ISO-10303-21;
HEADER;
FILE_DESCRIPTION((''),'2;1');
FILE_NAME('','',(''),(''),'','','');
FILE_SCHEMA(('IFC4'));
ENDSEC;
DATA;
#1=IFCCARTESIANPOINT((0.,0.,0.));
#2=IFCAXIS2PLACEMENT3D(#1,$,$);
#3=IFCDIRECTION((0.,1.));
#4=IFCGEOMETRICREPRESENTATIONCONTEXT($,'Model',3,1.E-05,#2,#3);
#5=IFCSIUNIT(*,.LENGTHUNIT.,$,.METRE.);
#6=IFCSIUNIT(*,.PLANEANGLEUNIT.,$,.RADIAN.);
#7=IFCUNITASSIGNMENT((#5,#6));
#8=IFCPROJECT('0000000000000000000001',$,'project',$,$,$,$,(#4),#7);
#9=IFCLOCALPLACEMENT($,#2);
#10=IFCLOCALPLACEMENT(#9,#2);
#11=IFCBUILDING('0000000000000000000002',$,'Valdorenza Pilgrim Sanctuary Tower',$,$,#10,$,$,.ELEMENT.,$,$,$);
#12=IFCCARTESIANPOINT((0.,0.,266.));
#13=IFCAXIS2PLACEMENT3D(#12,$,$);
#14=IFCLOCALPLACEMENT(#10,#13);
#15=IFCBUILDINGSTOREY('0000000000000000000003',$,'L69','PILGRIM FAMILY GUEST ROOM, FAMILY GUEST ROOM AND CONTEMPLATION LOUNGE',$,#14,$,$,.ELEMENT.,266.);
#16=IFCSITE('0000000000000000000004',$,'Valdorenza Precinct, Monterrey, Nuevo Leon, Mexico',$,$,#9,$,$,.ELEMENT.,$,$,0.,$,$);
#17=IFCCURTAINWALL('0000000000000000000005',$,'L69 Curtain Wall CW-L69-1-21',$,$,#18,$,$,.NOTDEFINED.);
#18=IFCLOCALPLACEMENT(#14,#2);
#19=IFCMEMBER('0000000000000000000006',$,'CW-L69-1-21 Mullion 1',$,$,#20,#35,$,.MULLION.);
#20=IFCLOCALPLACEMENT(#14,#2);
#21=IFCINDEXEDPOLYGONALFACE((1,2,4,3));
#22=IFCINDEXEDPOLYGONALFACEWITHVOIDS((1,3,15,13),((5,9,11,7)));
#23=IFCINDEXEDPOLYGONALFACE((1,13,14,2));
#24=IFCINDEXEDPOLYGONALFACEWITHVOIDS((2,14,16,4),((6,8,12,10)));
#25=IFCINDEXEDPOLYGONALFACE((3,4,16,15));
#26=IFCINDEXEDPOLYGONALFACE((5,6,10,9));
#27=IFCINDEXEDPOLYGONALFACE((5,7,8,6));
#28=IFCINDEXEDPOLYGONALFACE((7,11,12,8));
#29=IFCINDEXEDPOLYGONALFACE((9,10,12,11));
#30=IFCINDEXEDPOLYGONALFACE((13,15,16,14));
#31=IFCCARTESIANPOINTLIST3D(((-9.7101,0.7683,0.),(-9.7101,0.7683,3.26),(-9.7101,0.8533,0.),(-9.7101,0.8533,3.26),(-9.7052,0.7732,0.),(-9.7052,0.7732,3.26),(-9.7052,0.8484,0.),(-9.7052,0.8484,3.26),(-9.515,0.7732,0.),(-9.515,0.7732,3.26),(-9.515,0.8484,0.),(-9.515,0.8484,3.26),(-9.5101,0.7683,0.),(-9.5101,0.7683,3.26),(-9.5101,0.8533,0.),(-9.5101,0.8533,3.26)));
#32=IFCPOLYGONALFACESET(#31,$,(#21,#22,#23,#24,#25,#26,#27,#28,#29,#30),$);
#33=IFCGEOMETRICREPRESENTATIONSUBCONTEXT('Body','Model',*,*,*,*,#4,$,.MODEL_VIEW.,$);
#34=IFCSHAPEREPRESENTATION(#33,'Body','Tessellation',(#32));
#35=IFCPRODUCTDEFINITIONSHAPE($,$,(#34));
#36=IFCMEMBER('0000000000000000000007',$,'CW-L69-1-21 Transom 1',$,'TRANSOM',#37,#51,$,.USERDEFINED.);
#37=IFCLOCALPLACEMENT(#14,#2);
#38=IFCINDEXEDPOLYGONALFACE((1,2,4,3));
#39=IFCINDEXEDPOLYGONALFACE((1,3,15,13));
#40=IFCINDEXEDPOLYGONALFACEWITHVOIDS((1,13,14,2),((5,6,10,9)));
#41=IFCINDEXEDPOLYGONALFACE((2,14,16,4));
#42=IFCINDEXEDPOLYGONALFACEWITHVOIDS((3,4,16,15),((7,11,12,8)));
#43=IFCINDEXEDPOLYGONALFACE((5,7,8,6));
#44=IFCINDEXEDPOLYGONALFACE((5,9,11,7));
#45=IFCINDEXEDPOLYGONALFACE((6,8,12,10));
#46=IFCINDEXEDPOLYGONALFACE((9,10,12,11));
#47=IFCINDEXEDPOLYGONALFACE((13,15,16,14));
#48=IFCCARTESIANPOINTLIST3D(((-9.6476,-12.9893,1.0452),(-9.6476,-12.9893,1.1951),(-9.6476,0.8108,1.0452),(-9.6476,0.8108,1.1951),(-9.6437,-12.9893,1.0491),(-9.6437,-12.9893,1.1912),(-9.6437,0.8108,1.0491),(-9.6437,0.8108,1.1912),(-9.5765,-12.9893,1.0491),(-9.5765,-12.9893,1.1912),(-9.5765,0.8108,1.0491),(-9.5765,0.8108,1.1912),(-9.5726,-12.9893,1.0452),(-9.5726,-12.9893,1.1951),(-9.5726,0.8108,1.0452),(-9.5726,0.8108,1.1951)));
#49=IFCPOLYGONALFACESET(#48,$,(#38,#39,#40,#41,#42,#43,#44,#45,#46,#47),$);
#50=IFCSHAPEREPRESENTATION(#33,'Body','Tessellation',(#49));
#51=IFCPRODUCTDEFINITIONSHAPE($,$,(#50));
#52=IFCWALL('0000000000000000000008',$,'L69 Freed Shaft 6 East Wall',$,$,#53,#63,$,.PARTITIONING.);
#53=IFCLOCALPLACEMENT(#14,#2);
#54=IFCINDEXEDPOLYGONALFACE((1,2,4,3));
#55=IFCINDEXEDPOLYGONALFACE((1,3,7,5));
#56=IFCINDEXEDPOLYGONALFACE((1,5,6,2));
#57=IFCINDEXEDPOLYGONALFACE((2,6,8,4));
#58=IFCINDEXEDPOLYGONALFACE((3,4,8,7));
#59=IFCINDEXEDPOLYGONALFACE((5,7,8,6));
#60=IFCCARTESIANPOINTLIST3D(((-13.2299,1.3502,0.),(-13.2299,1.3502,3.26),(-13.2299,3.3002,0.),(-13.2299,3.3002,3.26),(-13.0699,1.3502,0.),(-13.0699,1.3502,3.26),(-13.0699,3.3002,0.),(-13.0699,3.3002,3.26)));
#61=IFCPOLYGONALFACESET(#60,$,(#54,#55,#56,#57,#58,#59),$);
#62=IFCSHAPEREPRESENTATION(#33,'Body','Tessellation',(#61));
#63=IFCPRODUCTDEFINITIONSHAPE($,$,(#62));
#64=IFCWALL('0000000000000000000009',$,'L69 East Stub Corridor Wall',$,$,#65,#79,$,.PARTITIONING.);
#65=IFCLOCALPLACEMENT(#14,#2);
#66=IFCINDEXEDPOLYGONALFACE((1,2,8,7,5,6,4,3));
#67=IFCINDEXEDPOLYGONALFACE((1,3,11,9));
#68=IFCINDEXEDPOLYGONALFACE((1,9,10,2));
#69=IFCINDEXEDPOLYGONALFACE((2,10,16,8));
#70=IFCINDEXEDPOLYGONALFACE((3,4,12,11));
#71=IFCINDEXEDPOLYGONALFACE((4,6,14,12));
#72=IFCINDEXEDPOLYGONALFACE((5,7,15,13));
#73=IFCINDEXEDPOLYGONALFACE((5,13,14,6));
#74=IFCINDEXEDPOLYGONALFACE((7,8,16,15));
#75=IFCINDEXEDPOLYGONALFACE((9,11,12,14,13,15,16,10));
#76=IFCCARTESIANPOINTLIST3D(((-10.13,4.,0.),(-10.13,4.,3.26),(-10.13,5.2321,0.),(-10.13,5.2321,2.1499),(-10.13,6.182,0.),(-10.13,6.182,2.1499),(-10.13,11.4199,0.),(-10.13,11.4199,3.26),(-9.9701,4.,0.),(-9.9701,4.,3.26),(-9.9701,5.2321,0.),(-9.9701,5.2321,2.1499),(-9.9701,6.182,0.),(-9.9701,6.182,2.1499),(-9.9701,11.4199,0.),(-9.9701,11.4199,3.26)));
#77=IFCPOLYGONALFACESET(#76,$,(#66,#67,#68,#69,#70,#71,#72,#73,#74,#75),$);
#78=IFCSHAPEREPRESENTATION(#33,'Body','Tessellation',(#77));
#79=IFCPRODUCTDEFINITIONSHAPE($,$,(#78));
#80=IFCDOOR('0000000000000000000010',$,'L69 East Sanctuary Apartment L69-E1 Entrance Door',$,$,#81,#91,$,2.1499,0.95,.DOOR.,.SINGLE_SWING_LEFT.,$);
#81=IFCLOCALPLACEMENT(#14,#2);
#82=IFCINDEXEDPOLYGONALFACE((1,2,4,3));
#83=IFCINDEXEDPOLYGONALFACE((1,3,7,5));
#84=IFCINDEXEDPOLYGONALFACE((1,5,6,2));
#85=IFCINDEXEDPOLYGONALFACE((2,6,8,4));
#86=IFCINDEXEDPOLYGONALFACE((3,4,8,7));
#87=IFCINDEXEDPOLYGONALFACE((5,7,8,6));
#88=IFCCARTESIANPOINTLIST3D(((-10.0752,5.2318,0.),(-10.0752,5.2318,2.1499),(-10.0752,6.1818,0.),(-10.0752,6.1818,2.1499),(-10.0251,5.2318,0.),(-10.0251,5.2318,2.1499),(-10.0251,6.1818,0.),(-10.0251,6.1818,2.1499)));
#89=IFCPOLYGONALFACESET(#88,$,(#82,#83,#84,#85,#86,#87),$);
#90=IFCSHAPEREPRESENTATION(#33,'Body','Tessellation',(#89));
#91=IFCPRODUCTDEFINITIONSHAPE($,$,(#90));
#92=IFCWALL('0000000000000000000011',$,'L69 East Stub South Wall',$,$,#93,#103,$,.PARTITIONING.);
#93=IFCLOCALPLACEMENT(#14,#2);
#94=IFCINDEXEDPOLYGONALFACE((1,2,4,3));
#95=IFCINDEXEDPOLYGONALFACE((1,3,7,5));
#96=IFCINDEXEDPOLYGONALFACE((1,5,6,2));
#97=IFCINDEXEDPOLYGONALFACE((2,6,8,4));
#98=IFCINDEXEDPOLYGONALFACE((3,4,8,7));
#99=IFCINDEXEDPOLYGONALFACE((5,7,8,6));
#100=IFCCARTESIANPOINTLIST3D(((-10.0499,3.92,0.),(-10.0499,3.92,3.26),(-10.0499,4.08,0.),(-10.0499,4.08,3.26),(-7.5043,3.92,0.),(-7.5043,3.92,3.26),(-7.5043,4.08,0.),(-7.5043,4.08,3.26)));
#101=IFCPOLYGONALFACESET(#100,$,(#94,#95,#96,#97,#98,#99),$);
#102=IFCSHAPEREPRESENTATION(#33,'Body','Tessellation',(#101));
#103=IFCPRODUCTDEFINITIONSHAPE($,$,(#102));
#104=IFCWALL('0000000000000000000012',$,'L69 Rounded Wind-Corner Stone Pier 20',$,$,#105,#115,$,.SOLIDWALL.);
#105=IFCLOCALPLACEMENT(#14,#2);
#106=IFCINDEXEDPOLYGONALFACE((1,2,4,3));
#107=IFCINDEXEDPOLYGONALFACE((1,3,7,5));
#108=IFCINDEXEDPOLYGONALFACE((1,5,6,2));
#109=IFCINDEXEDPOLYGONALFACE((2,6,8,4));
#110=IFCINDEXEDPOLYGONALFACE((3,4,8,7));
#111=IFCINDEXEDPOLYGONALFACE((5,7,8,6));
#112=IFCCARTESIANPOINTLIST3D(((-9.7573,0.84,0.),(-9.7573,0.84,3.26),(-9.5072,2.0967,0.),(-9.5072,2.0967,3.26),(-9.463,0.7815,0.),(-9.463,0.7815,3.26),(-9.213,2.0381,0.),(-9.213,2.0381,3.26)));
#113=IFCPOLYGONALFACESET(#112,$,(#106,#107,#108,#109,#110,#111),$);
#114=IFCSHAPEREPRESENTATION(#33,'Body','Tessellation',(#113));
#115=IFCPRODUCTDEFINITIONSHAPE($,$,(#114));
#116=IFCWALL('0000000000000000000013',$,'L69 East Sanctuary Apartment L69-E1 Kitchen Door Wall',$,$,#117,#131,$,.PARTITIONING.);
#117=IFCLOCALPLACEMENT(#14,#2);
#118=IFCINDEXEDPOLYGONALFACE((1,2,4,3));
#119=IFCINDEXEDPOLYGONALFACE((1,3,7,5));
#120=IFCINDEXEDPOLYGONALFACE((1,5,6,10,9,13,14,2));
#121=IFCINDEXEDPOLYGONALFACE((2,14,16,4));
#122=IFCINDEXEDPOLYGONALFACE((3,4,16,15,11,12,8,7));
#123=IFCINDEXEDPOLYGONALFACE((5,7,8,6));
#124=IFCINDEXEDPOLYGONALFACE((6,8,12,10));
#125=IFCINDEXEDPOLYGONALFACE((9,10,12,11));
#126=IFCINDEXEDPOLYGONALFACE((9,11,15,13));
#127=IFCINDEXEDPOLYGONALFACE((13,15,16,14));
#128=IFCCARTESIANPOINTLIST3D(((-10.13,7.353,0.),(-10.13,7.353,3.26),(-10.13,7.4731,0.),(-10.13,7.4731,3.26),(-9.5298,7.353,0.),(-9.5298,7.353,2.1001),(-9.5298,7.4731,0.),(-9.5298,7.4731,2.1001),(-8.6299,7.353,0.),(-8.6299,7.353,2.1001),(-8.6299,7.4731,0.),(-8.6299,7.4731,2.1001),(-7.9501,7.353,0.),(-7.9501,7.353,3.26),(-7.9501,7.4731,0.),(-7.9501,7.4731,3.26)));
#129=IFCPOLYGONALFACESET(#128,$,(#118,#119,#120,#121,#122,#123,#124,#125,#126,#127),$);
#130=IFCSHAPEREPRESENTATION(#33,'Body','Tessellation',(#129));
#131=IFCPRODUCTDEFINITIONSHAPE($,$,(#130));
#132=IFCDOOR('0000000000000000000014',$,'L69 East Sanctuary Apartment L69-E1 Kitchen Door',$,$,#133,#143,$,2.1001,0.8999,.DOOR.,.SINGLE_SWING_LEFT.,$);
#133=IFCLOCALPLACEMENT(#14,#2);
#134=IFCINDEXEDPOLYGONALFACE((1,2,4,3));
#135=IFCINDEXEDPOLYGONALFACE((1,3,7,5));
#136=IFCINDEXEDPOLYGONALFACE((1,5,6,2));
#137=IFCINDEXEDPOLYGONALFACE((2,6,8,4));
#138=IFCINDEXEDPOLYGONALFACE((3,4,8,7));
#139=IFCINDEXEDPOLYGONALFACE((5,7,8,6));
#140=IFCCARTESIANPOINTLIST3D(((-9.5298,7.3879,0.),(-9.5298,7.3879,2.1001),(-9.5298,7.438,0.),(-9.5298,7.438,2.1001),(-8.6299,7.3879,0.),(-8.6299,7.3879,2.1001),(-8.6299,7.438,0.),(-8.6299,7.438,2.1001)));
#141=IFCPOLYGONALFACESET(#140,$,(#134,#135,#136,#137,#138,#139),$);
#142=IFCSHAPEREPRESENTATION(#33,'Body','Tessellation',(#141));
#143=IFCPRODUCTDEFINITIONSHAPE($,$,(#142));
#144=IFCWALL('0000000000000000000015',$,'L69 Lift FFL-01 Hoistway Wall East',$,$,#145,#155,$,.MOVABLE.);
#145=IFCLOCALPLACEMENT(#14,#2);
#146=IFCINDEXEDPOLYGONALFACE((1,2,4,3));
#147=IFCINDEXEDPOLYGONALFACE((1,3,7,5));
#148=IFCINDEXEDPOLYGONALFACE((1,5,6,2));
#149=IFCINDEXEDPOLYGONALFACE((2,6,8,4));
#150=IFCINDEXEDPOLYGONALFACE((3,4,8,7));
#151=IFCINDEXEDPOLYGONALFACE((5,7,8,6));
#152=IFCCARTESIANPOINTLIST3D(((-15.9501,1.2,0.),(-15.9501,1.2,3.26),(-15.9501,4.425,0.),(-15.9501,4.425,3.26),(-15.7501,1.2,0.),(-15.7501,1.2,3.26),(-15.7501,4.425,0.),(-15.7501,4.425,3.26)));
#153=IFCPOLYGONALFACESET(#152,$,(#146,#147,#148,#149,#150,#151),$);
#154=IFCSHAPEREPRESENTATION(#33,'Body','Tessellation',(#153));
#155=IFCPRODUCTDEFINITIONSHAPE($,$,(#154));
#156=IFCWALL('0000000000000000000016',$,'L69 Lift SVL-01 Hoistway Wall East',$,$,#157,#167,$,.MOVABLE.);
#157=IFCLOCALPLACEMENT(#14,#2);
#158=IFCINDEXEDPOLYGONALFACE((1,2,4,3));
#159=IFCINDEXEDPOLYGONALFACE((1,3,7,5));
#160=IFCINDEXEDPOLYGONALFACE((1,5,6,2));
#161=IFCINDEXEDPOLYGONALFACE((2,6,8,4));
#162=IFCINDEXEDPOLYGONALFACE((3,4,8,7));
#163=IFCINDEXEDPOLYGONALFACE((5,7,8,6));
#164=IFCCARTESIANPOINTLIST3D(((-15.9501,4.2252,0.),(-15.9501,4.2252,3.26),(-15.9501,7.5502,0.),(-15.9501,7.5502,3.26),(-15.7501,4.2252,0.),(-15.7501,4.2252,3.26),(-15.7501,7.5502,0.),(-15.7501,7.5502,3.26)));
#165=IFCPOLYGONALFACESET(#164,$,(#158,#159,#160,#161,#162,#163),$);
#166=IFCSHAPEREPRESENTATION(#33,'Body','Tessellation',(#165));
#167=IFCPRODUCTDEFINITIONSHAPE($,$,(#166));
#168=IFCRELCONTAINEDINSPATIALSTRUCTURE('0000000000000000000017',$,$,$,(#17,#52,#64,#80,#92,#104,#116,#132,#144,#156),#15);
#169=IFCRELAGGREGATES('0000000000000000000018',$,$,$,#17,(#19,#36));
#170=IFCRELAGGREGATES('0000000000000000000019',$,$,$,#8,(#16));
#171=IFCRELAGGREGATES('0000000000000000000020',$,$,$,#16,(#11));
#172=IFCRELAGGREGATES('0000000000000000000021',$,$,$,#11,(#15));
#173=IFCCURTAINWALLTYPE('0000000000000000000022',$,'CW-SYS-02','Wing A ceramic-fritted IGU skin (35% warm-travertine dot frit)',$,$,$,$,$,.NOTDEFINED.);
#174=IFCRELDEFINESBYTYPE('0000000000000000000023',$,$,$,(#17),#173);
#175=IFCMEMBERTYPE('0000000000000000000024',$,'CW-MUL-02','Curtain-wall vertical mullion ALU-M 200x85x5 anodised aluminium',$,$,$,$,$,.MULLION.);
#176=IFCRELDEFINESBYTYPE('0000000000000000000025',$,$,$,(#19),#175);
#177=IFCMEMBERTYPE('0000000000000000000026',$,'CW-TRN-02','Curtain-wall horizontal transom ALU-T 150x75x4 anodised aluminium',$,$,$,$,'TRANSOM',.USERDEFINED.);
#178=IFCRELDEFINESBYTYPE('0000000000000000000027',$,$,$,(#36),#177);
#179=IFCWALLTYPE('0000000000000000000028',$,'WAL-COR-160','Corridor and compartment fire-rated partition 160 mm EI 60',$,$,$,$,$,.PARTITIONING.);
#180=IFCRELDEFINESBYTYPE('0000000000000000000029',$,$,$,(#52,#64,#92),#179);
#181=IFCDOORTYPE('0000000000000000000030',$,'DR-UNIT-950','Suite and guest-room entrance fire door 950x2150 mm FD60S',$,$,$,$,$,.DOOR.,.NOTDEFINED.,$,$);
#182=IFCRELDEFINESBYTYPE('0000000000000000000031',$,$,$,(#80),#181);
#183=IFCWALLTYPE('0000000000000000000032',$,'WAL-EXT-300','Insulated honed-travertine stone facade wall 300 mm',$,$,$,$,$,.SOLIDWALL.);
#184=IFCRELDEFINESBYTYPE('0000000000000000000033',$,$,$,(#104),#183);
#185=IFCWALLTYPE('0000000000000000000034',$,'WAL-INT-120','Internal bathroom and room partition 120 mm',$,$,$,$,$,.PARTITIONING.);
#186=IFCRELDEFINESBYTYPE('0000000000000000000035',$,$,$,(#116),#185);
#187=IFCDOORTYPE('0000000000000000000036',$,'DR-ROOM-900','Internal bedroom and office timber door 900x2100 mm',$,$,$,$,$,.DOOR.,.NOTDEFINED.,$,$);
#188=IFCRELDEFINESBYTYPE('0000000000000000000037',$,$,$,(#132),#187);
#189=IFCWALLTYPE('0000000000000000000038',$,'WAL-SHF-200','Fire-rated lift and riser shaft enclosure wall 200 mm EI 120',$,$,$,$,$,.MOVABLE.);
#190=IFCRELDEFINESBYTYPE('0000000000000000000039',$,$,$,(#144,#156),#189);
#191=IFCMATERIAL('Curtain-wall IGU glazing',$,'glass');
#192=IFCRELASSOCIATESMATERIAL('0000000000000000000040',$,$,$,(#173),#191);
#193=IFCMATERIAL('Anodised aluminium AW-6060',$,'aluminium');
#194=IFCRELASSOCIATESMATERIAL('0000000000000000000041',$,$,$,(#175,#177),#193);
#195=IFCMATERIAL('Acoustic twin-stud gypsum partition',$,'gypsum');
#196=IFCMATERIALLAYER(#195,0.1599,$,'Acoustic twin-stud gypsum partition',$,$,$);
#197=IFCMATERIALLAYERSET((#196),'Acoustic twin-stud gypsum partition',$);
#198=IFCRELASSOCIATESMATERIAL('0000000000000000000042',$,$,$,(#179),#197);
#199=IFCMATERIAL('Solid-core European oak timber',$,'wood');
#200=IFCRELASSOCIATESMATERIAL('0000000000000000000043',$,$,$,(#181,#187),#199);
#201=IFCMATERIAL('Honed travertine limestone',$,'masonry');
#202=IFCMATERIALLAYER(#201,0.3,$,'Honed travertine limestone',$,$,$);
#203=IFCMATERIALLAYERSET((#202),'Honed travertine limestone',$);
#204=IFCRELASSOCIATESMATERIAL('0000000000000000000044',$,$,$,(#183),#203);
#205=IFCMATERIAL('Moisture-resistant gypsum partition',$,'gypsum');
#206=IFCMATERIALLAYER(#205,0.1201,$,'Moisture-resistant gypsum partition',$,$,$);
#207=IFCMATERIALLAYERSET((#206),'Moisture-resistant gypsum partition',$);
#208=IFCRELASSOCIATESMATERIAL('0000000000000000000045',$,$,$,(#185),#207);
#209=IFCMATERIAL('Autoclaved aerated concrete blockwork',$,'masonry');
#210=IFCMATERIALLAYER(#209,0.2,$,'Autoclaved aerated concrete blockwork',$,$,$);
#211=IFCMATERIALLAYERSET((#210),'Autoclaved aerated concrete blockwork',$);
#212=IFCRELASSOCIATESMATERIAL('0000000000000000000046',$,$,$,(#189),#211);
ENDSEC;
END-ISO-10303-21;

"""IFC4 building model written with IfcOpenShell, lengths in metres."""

from ifc_helpers import new_model, si_unit, direction, frame, frame_2d, origin, origin_2d, place, context, subcontext, project, spatial, rectangle, hollow_rectangle, extrude, source, transform, mapped, material, layer, layer_set, material_profile, profile_set, type_object, element, fill, aggregate, save


model = new_model("IFC4")

# Units and contexts
model_context = context("Model", 3, precision=1e-05, world=origin(), true_north=direction((0.0, 1.0)))
body_context = subcontext(model_context, "Body", "Model", "MODEL_VIEW")
ifc_project = project(units=[si_unit("LENGTHUNIT", "METRE"), si_unit("PLANEANGLEUNIT", "RADIAN")], contexts=[model_context])

# Site, building, storey
site_placement = place(None, origin())
site = spatial("IfcSite", under=ifc_project, at=site_placement, Name="Valdorenza Precinct, Monterrey, Nuevo Leon, Mexico", CompositionType="ELEMENT", RefElevation=0.0)
building_placement = place(site_placement, origin())
building = spatial("IfcBuilding", under=site, at=building_placement, Name="Valdorenza Pilgrim Sanctuary Tower", CompositionType="ELEMENT")
storey_placement = place(building_placement, frame((0.0, 0.0, 266.0)))
storey = spatial("IfcBuildingStorey", under=building, at=storey_placement, Name="L69", Description="PILGRIM FAMILY GUEST ROOM, FAMILY GUEST ROOM AND CONTEMPLATION LOUNGE", CompositionType="ELEMENT", Elevation=266.0)

# Curtain wall, members
ifc_material_1 = material(Name="Curtain-wall IGU glazing", Category="glass")
curtain_wall_type = type_object("IfcCurtainWallType", Name="CW-SYS-02", Description="Wing A ceramic-fritted IGU skin (35% warm-travertine dot frit)", PredefinedType="NOTDEFINED", material=ifc_material_1)
curtain_wall_placement = place(storey_placement, origin())
curtain_wall = element("IfcCurtainWall", 1, at=curtain_wall_placement, inside=storey, type_object=curtain_wall_type, Name="L69 Curtain Wall CW-L69-1-21", PredefinedType="NOTDEFINED")
ifc_material_2 = material(Name="Anodised aluminium AW-6060", Category="aluminium")
ifc_material_profile_1 = material_profile(ifc_material_2, hollow_rectangle(XDim=0.085, YDim=0.2, WallThickness=0.0049, at=origin_2d()), Name="ALU-M 200x85x5")
ifc_profile_set_1 = profile_set([ifc_material_profile_1], Name="Anodised aluminium AW-6060")
member_type_1 = type_object("IfcMemberType", Name="CW-MUL-02", Description="Curtain-wall vertical mullion ALU-M 200x85x5 anodised aluminium", PredefinedType="MULLION", material=ifc_profile_set_1)
shared_shape_1 = source(origin(), body_context, "Body", "SweptSolid", [
    extrude(hollow_rectangle(XDim=0.085, YDim=0.2, WallThickness=0.0049, at=origin_2d()), origin(), (0.0, 0.0, 1.0), 3.26),
])
member_1_placement = place(storey_placement, frame((-9.6101, 0.8108, 0.0), z_axis=(0.0, 0.0, 1.0), x_axis=(0.0, -1.0, 0.0)))
member_1 = element("IfcMember", 2, at=member_1_placement, type_object=member_type_1, Name="CW-L69-1-21 Mullion 1", PredefinedType="MULLION", context=body_context, shape_type="MappedRepresentation", body=[
    mapped(shared_shape_1, transform((0.0, 0.0, 0.0), x_axis=(1.0, 0.0, 0.0), y_axis=(0.0, 1.0, 0.0), z_axis=(0.0, 0.0, 1.0), scale=1.0)),
])
ifc_material_profile_2 = material_profile(ifc_material_2, hollow_rectangle(XDim=0.075, YDim=0.1499, WallThickness=0.0039, at=origin_2d()), Name="ALU-T 150x75x4")
ifc_profile_set_2 = profile_set([ifc_material_profile_2], Name="Anodised aluminium AW-6060")
member_type_2 = type_object("IfcMemberType", Name="CW-TRN-02", Description="Curtain-wall horizontal transom ALU-T 150x75x4 anodised aluminium", ElementType="TRANSOM", PredefinedType="USERDEFINED", material=ifc_profile_set_2)
shared_shape_2 = source(origin(), body_context, "Body", "SweptSolid", [
    extrude(hollow_rectangle(XDim=0.075, YDim=0.1499, WallThickness=0.0039, at=origin_2d()), origin(), (0.0, 0.0, 1.0), 13.8),
])
member_2_placement = place(storey_placement, frame((-9.6101, 0.8108, 1.1201), z_axis=(0.0, -1.0, 0.0), x_axis=(1.0, 0.0, 0.0)))
member_2 = element("IfcMember", 3, at=member_2_placement, type_object=member_type_2, Name="CW-L69-1-21 Transom 1", ObjectType="TRANSOM", PredefinedType="USERDEFINED", context=body_context, shape_type="MappedRepresentation", body=[
    mapped(shared_shape_2, transform((0.0, 0.0, 0.0), x_axis=(1.0, 0.0, 0.0), y_axis=(0.0, 1.0, 0.0), z_axis=(0.0, 0.0, 1.0), scale=1.0)),
])
aggregate(curtain_wall, [member_1, member_2])

# Wall
ifc_material_3 = material(Name="Acoustic twin-stud gypsum partition", Category="gypsum")
ifc_layer_1 = layer(ifc_material_3, 0.1599, Name="Acoustic twin-stud gypsum partition")
ifc_layer_set_1 = layer_set([ifc_layer_1], Name="Acoustic twin-stud gypsum partition")
wall_type_1 = type_object("IfcWallType", Name="WAL-COR-160", Description="Corridor and compartment fire-rated partition 160 mm EI 60", PredefinedType="PARTITIONING", material=ifc_layer_set_1)
wall_1_placement = place(storey_placement, frame((-13.1499, 1.3501, 0.0), z_axis=(0.0, 0.0, 1.0), x_axis=(0.0, 1.0, 0.0)))
element("IfcWall", 4, at=wall_1_placement, inside=storey, type_object=wall_type_1, Name="L69 Freed Shaft 6 East Wall", PredefinedType="PARTITIONING", context=body_context, shape_type="SweptSolid", body=[
    extrude(rectangle(XDim=1.95, YDim=0.1599, at=frame_2d((0.9751, 0.0))), origin(), (0.0, 0.0, 1.0), 3.26),
])

# Wall, opening, door
wall_2_placement = place(storey_placement, frame((-10.05, 4.0, 0.0), z_axis=(0.0, 0.0, 1.0), x_axis=(0.0, 1.0, 0.0)))
wall_2 = element("IfcWall", 5, at=wall_2_placement, inside=storey, type_object=wall_type_1, Name="L69 East Stub Corridor Wall", PredefinedType="PARTITIONING", context=body_context, shape_type="SweptSolid", body=[
    extrude(rectangle(XDim=7.4199, YDim=0.1599, at=frame_2d((3.71, 0.0))), origin(), (0.0, 0.0, 1.0), 3.26),
])
opening_1_placement = place(wall_2_placement, frame((1.2319, 0.0, 0.0)))
opening_1 = element("IfcOpeningElement", 6, at=opening_1_placement, cuts=wall_2, PredefinedType="OPENING", context=body_context, shape_type="SweptSolid", body=[
    extrude(rectangle(XDim=0.95, YDim=2.1499, at=frame_2d((0.4751, 1.075))), frame((0.0, 0.0947, 0.0), z_axis=(0.0, -1.0, 0.0), x_axis=(1.0, 0.0, 0.0)), (0.0, 0.0, 1.0), 0.1897),
])
ifc_material_4 = material(Name="Solid-core European oak timber", Category="wood")
door_type_1 = type_object("IfcDoorType", Name="DR-UNIT-950", Description="Suite and guest-room entrance fire door 950x2150 mm FD60S", OperationType="NOTDEFINED", PredefinedType="DOOR", material=ifc_material_4)
door_1_placement = place(opening_1_placement, frame((0.95, 0.0, 0.0), z_axis=(0.0, 0.0, 1.0), x_axis=(-1.0, 0.0, 0.0)))
door_1 = element("IfcDoor", 7, at=door_1_placement, inside=storey, type_object=door_type_1, Name="L69 East Sanctuary Apartment L69-E1 Entrance Door", OperationType="SINGLE_SWING_LEFT", OverallHeight=2.1499, OverallWidth=0.95, PredefinedType="DOOR", context=body_context, shape_type="SweptSolid", body=[
    extrude(rectangle(XDim=0.95, YDim=2.1499, at=frame_2d((0.4751, 1.075))), frame((0.0, 0.0249, 0.0), z_axis=(0.0, -1.0, 0.0), x_axis=(1.0, 0.0, 0.0)), (0.0, 0.0, 1.0), 0.05),
])
fill(opening_1, door_1)

# Walls
wall_3_placement = place(storey_placement, frame((-10.05, 4.0, 0.0), z_axis=(0.0, 0.0, 1.0), x_axis=(1.0, 0.0, 0.0)))
element("IfcWall", 8, at=wall_3_placement, inside=storey, type_object=wall_type_1, Name="L69 East Stub South Wall", PredefinedType="PARTITIONING", context=body_context, shape_type="SweptSolid", body=[
    extrude(rectangle(XDim=2.5457, YDim=0.1599, at=frame_2d((1.2729, 0.0))), origin(), (0.0, 0.0, 1.0), 3.26),
])
ifc_material_5 = material(Name="Honed travertine limestone", Category="masonry")
ifc_layer_2 = layer(ifc_material_5, 0.3, Name="Honed travertine limestone")
ifc_layer_set_2 = layer_set([ifc_layer_2], Name="Honed travertine limestone")
wall_type_2 = type_object("IfcWallType", Name="WAL-EXT-300", Description="Insulated honed-travertine stone facade wall 300 mm", PredefinedType="SOLIDWALL", material=ifc_layer_set_2)
wall_4_placement = place(storey_placement, frame((-9.3601, 2.0674, 0.0), z_axis=(0.0, 0.0, 1.0), x_axis=(-0.195127, -0.980778, 0.0)))
element("IfcWall", 9, at=wall_4_placement, inside=storey, type_object=wall_type_2, Name="L69 Rounded Wind-Corner Stone Pier 20", PredefinedType="SOLIDWALL", context=body_context, shape_type="SweptSolid", body=[
    extrude(rectangle(XDim=1.2812, YDim=0.3, at=frame_2d((0.6406, 0.0))), origin(), (0.0, 0.0, 1.0), 3.26),
])

# Wall, opening, door
ifc_material_6 = material(Name="Moisture-resistant gypsum partition", Category="gypsum")
ifc_layer_3 = layer(ifc_material_6, 0.1201, Name="Moisture-resistant gypsum partition")
ifc_layer_set_3 = layer_set([ifc_layer_3], Name="Moisture-resistant gypsum partition")
wall_type_3 = type_object("IfcWallType", Name="WAL-INT-120", Description="Internal bathroom and room partition 120 mm", PredefinedType="PARTITIONING", material=ifc_layer_set_3)
wall_5_placement = place(storey_placement, frame((-10.1299, 7.4131, 0.0), z_axis=(0.0, 0.0, 1.0), x_axis=(1.0, 0.0, 0.0)))
wall_5 = element("IfcWall", 10, at=wall_5_placement, inside=storey, type_object=wall_type_3, Name="L69 East Sanctuary Apartment L69-E1 Kitchen Door Wall", PredefinedType="PARTITIONING", context=body_context, shape_type="SweptSolid", body=[
    extrude(rectangle(XDim=2.1799, YDim=0.1201, at=frame_2d((1.0898, 0.0))), origin(), (0.0, 0.0, 1.0), 3.26),
])
opening_2_placement = place(wall_5_placement, frame((0.6001, 0.0, 0.0)))
opening_2 = element("IfcOpeningElement", 11, at=opening_2_placement, cuts=wall_5, PredefinedType="OPENING", context=body_context, shape_type="SweptSolid", body=[
    extrude(rectangle(XDim=0.8999, YDim=2.1001, at=frame_2d((0.45, 1.05))), frame((0.0, 0.075, 0.0), z_axis=(0.0, -1.0, 0.0), x_axis=(1.0, 0.0, 0.0)), (0.0, 0.0, 1.0), 0.1499),
])
door_type_2 = type_object("IfcDoorType", Name="DR-ROOM-900", Description="Internal bedroom and office timber door 900x2100 mm", OperationType="NOTDEFINED", PredefinedType="DOOR", material=ifc_material_4)
door_2_placement = place(opening_2_placement, origin())
door_2 = element("IfcDoor", 12, at=door_2_placement, inside=storey, type_object=door_type_2, Name="L69 East Sanctuary Apartment L69-E1 Kitchen Door", OperationType="SINGLE_SWING_LEFT", OverallHeight=2.1001, OverallWidth=0.8999, PredefinedType="DOOR", context=body_context, shape_type="SweptSolid", body=[
    extrude(rectangle(XDim=0.8999, YDim=2.1001, at=frame_2d((0.45, 1.05))), frame((0.0, 0.0249, 0.0), z_axis=(0.0, -1.0, 0.0), x_axis=(1.0, 0.0, 0.0)), (0.0, 0.0, 1.0), 0.05),
])
fill(opening_2, door_2)

# Walls
ifc_material_7 = material(Name="Autoclaved aerated concrete blockwork", Category="masonry")
ifc_layer_4 = layer(ifc_material_7, 0.2, Name="Autoclaved aerated concrete blockwork")
ifc_layer_set_4 = layer_set([ifc_layer_4], Name="Autoclaved aerated concrete blockwork")
wall_type_4 = type_object("IfcWallType", Name="WAL-SHF-200", Description="Fire-rated lift and riser shaft enclosure wall 200 mm EI 120", PredefinedType="MOVABLE", material=ifc_layer_set_4)
wall_6_placement = place(storey_placement, frame((-15.8501, 1.2, 0.0), z_axis=(0.0, 0.0, 1.0), x_axis=(0.0, 1.0, 0.0)))
element("IfcWall", 13, at=wall_6_placement, inside=storey, type_object=wall_type_4, Name="L69 Lift FFL-01 Hoistway Wall East", PredefinedType="MOVABLE", context=body_context, shape_type="SweptSolid", body=[
    extrude(rectangle(XDim=3.2251, YDim=0.2, at=frame_2d((1.6125, 0.0))), origin(), (0.0, 0.0, 1.0), 3.26),
])
wall_7_placement = place(storey_placement, frame((-15.8501, 4.2251, 0.0), z_axis=(0.0, 0.0, 1.0), x_axis=(0.0, 1.0, 0.0)))
element("IfcWall", 14, at=wall_7_placement, inside=storey, type_object=wall_type_4, Name="L69 Lift SVL-01 Hoistway Wall East", PredefinedType="MOVABLE", context=body_context, shape_type="SweptSolid", body=[
    extrude(rectangle(XDim=3.325, YDim=0.2, at=frame_2d((1.6626, 0.0))), origin(), (0.0, 0.0, 1.0), 3.26),
])

save(model, "model.ifc")
